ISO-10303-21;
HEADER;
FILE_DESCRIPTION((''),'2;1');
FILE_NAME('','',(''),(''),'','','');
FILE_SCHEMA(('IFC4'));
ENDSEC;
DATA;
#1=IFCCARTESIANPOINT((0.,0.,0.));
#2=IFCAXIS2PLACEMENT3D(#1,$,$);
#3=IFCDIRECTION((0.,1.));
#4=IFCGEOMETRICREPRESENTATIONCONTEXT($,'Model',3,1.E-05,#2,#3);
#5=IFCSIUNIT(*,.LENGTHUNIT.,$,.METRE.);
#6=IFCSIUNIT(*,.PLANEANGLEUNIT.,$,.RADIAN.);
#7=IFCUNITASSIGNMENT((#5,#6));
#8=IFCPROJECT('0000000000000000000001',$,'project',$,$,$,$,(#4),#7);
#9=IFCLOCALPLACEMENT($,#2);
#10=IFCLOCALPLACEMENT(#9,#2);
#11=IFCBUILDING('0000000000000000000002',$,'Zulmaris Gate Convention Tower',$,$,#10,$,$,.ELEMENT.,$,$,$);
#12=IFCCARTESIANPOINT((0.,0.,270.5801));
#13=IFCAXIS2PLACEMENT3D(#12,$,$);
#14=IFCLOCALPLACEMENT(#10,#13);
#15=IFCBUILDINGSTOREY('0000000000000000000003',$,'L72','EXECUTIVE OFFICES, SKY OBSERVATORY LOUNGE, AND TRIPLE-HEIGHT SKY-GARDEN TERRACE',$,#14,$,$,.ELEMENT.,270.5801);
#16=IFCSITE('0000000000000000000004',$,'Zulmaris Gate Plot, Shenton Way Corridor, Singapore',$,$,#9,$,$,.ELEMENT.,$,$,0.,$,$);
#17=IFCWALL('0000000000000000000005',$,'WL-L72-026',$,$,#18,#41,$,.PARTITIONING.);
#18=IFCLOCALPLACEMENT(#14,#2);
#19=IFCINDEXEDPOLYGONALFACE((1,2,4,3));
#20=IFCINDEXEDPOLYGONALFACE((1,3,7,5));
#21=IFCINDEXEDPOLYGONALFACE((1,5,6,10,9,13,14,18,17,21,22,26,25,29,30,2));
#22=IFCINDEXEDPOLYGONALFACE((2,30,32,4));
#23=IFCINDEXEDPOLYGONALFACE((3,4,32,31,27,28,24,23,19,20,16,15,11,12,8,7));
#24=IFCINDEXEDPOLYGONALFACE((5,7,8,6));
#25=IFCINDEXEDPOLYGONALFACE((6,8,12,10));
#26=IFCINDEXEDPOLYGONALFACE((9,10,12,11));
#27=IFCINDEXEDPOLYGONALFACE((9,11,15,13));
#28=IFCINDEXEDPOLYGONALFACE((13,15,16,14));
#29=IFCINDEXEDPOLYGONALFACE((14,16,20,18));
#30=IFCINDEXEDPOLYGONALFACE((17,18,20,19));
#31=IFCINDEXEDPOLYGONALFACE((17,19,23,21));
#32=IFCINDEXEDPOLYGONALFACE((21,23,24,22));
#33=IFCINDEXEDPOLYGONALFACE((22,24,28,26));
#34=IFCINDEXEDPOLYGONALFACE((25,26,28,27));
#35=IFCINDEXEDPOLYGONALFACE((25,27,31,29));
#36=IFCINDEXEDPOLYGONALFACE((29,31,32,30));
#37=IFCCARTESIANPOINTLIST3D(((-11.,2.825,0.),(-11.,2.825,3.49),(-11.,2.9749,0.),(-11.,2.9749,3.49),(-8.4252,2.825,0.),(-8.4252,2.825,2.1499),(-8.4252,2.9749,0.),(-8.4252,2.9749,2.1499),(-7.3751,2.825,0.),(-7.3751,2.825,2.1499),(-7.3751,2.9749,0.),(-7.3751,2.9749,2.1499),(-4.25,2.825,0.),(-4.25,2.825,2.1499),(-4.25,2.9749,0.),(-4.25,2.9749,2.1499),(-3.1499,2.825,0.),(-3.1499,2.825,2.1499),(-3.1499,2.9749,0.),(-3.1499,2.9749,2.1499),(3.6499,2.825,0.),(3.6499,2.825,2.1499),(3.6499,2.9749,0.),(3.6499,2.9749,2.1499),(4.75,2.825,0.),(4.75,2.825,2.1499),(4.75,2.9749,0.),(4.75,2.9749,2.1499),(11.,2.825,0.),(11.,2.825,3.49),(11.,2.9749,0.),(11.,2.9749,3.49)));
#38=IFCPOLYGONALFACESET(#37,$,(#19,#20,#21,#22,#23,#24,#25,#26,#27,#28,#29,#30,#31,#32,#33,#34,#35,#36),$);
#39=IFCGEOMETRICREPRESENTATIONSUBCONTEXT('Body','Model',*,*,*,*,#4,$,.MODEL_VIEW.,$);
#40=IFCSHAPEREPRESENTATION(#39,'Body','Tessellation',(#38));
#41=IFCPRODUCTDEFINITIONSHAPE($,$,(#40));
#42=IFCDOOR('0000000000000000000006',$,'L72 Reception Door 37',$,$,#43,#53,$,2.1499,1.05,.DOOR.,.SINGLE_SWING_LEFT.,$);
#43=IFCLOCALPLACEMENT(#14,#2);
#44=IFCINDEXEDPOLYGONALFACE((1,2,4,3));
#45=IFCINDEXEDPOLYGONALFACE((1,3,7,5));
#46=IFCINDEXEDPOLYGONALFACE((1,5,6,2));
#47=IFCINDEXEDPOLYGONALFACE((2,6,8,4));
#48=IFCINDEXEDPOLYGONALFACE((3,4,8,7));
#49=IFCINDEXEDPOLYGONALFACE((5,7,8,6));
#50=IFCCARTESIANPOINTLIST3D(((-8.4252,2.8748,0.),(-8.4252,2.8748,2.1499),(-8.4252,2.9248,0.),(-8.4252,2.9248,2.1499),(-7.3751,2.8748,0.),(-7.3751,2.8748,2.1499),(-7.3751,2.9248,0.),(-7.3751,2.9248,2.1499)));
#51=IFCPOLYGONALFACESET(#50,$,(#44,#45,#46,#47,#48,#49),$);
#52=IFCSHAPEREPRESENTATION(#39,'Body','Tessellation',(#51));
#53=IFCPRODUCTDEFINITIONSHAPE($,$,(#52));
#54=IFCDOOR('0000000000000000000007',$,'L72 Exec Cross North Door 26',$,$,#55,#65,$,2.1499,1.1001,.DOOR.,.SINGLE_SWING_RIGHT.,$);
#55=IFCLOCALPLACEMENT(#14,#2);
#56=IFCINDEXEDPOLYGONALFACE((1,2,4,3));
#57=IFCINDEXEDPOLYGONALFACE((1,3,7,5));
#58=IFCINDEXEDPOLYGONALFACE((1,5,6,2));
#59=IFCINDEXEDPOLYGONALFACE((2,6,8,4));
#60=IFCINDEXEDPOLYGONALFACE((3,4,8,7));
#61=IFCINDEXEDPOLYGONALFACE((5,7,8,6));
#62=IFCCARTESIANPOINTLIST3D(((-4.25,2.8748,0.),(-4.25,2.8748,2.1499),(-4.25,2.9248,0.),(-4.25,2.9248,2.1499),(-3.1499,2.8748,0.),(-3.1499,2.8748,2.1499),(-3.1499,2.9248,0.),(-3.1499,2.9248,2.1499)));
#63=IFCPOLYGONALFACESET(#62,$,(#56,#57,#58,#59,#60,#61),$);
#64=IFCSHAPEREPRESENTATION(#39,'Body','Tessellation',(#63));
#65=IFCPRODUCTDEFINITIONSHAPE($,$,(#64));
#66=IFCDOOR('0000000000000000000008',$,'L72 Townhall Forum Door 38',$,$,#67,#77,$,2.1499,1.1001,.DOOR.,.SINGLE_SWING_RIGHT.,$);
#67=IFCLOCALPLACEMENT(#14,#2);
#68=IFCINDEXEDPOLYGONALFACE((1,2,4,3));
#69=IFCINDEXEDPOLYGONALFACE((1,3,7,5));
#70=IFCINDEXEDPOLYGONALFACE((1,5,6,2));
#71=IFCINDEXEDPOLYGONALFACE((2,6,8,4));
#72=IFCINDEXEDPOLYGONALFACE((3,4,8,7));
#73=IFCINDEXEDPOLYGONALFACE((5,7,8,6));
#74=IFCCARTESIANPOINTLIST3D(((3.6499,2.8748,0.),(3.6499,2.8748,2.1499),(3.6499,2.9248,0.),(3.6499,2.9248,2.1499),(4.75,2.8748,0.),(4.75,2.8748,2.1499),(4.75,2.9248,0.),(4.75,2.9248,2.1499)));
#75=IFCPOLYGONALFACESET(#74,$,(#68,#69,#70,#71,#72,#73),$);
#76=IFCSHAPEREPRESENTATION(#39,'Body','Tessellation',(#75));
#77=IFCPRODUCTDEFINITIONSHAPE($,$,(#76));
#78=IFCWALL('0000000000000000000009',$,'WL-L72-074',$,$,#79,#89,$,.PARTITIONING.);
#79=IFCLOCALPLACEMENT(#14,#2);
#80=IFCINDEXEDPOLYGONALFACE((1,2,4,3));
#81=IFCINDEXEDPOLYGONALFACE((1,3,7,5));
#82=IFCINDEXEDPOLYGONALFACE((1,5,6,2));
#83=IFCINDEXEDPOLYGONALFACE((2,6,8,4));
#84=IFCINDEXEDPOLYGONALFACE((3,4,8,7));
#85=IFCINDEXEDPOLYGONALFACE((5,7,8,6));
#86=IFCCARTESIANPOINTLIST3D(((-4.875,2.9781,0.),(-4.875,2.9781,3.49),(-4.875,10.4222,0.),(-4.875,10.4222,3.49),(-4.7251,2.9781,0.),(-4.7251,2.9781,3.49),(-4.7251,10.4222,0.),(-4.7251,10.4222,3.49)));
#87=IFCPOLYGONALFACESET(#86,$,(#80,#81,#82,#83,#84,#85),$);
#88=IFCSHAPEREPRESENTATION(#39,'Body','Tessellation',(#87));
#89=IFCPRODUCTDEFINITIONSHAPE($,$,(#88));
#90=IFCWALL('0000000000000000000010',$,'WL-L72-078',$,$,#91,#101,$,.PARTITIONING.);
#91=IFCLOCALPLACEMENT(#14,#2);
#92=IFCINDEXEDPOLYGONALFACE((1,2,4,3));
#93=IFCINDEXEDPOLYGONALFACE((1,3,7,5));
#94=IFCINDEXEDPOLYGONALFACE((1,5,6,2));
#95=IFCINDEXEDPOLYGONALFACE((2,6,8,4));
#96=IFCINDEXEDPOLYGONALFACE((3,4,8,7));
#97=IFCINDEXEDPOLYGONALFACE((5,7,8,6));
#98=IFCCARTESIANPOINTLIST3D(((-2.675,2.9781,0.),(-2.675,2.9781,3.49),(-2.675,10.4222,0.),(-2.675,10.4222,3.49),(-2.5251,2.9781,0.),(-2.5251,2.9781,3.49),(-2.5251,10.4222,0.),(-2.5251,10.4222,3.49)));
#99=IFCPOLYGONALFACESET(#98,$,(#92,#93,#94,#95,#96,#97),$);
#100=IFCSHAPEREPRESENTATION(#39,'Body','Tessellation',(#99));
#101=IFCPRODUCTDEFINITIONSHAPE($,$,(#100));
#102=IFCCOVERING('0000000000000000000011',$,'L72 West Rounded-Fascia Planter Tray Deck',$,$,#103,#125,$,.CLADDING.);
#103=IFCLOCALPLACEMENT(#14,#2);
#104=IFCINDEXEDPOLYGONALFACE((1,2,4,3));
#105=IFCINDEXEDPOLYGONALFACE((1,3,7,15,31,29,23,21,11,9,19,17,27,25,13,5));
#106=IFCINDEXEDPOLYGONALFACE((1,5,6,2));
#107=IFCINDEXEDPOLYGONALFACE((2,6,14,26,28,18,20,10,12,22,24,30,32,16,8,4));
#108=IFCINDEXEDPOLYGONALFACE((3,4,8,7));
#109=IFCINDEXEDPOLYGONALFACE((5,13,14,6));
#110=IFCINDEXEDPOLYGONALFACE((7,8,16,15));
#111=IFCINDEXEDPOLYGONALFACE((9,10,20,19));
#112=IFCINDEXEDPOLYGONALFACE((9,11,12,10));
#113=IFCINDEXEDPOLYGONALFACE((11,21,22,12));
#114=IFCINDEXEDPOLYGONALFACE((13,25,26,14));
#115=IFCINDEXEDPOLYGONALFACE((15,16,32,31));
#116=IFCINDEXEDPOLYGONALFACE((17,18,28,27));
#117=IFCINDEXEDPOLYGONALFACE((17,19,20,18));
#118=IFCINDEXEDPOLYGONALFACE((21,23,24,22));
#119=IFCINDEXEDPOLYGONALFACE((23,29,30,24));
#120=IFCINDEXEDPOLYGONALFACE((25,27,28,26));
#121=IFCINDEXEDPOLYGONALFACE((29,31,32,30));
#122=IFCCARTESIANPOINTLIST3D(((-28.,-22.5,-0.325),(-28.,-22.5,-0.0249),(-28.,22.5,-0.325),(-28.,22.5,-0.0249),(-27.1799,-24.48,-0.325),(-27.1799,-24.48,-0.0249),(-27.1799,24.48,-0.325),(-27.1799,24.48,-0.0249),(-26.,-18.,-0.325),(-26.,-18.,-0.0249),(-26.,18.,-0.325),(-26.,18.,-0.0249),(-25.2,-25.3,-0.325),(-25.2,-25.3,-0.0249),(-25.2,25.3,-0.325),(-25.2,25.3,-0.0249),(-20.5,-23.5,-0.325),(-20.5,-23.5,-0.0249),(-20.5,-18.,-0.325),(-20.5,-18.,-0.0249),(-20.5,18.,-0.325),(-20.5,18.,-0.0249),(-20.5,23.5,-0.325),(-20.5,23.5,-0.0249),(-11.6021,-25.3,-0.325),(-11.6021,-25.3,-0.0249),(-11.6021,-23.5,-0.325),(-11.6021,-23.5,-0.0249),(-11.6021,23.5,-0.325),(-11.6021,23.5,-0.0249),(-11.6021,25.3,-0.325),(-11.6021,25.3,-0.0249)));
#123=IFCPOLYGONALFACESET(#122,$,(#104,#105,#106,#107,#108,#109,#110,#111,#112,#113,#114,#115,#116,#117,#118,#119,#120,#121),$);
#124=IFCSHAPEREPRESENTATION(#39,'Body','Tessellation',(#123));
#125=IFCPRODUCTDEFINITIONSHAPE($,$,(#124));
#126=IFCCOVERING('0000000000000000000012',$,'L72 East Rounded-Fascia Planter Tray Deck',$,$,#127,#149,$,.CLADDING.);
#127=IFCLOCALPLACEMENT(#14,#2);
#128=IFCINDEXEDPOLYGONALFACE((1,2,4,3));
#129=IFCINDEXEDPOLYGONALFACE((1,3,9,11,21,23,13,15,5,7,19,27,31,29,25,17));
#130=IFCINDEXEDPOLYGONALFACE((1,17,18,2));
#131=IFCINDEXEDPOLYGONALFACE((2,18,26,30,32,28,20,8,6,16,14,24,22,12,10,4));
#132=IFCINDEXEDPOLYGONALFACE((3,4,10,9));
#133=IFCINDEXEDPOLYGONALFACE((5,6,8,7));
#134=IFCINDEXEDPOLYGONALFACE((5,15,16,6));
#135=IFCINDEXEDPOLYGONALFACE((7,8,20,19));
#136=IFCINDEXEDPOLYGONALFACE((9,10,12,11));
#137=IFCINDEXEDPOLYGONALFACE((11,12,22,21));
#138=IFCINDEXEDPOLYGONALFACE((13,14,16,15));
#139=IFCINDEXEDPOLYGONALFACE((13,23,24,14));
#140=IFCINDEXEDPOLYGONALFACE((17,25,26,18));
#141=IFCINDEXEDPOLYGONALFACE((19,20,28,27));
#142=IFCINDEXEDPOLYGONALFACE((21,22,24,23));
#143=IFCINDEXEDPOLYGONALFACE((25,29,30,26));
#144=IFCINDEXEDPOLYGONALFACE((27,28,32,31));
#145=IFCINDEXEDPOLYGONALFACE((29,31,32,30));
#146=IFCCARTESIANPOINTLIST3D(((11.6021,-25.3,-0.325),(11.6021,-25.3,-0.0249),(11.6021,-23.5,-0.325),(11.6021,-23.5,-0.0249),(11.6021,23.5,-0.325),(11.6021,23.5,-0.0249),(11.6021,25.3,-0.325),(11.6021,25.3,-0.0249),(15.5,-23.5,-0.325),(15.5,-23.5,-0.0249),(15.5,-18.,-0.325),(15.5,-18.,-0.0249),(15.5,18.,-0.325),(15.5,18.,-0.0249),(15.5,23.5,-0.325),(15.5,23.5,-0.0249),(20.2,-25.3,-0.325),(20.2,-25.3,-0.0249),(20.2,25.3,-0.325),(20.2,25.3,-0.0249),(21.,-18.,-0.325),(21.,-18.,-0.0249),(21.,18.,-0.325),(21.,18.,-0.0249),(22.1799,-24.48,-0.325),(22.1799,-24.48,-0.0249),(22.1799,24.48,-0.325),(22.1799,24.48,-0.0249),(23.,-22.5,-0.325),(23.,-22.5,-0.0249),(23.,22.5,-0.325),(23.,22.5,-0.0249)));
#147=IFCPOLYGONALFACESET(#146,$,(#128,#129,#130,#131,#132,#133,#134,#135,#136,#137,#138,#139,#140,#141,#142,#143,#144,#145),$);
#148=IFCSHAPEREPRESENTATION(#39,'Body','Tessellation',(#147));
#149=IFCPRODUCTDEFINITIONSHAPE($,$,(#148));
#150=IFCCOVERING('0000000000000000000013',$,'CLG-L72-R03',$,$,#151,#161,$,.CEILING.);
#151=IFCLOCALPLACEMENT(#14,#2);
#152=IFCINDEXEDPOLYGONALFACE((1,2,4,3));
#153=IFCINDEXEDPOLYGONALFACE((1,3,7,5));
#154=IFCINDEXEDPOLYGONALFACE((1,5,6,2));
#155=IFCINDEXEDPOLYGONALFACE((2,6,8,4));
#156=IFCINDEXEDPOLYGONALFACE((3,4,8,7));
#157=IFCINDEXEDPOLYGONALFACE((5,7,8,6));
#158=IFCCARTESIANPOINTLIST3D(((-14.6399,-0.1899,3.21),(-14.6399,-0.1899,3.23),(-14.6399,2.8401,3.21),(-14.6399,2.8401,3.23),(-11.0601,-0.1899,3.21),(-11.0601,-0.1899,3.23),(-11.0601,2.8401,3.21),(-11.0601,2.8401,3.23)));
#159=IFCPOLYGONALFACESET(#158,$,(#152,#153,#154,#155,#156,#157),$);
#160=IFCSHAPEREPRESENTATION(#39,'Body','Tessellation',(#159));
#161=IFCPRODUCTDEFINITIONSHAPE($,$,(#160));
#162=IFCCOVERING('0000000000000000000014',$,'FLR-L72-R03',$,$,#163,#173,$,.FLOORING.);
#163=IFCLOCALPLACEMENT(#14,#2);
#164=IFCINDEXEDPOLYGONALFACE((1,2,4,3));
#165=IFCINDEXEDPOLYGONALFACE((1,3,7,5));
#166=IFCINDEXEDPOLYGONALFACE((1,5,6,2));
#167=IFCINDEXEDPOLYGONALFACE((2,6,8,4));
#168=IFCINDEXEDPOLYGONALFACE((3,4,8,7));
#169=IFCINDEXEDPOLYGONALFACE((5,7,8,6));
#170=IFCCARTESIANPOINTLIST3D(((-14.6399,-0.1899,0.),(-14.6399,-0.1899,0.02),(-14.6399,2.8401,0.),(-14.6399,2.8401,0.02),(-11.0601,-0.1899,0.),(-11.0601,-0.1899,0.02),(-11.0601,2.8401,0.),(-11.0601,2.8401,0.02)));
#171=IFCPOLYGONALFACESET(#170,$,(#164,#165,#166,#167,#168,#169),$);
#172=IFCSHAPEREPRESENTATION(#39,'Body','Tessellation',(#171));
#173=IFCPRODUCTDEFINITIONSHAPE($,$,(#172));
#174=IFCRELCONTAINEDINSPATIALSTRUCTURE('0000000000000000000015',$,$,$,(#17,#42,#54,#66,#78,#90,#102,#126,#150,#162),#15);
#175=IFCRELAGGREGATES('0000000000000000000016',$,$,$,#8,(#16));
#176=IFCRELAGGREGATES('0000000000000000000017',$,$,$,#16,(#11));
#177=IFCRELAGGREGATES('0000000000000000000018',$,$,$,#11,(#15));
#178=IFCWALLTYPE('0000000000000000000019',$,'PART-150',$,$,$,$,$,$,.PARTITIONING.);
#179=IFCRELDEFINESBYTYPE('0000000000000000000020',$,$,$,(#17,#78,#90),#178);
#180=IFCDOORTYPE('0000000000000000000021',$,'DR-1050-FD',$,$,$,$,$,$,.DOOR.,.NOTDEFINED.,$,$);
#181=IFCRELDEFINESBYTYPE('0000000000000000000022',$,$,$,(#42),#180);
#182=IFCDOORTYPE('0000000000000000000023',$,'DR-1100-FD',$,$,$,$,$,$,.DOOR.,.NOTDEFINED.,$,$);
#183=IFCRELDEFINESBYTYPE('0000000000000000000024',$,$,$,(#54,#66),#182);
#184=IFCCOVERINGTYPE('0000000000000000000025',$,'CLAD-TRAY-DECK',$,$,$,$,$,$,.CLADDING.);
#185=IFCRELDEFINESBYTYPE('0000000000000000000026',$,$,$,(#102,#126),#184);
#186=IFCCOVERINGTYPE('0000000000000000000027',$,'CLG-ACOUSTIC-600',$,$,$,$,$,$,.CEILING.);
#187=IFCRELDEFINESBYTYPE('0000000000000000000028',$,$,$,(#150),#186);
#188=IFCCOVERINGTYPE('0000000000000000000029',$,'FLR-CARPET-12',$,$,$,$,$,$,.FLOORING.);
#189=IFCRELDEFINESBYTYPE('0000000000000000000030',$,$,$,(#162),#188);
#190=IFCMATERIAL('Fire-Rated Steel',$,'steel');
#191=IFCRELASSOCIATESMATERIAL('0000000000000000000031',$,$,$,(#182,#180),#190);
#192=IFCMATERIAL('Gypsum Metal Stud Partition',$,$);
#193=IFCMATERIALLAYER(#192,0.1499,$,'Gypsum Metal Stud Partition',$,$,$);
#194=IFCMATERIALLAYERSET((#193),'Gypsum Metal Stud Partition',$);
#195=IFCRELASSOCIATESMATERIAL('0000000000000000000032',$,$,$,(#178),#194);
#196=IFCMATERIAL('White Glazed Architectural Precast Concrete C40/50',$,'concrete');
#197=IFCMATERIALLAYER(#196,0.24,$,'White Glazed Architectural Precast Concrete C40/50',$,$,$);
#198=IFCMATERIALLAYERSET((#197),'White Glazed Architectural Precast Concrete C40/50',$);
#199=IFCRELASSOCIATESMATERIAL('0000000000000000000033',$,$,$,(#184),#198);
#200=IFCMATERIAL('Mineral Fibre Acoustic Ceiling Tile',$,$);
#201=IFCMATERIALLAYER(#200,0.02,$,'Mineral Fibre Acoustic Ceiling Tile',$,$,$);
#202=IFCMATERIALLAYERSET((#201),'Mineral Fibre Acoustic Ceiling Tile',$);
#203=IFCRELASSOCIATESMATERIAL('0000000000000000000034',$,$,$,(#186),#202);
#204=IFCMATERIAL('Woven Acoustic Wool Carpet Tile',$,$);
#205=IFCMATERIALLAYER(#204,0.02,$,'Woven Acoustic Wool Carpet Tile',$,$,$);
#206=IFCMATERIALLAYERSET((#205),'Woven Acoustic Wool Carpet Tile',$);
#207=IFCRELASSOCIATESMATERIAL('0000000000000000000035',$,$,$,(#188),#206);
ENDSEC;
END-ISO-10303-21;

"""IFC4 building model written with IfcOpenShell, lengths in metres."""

from ifc_helpers import new_model, si_unit, direction, frame, frame_2d, origin, place, context, subcontext, project, spatial, polyline, rectangle, outline, extrude, material, layer, layer_set, type_object, element, fill, save


model = new_model("IFC4")

# Units and contexts
model_context = context("Model", 3, precision=1e-05, world=origin(), true_north=direction((0.0, 1.0)))
body_context = subcontext(model_context, "Body", "Model", "MODEL_VIEW")
ifc_project = project(units=[si_unit("LENGTHUNIT", "METRE"), si_unit("PLANEANGLEUNIT", "RADIAN")], contexts=[model_context])

# Site, building, storey
site_placement = place(None, origin())
site = spatial("IfcSite", under=ifc_project, at=site_placement, Name="Zulmaris Gate Plot, Shenton Way Corridor, Singapore", CompositionType="ELEMENT", RefElevation=0.0)
building_placement = place(site_placement, origin())
building = spatial("IfcBuilding", under=site, at=building_placement, Name="Zulmaris Gate Convention Tower", CompositionType="ELEMENT")
storey_placement = place(building_placement, frame((0.0, 0.0, 270.5801)))
storey = spatial("IfcBuildingStorey", under=building, at=storey_placement, Name="L72", Description="EXECUTIVE OFFICES, SKY OBSERVATORY LOUNGE, AND TRIPLE-HEIGHT SKY-GARDEN TERRACE", CompositionType="ELEMENT", Elevation=270.5801)

# Shared definitions
ifc_material_1 = material(Name="Fire-Rated Steel", Category="steel")
door_type_1 = type_object("IfcDoorType", Name="DR-1100-FD", OperationType="NOTDEFINED", PredefinedType="DOOR", material=ifc_material_1)

# Wall, openings, doors
ifc_material_2 = material(Name="Gypsum Metal Stud Partition")
ifc_layer_1 = layer(ifc_material_2, 0.1499, Name="Gypsum Metal Stud Partition")
ifc_layer_set_1 = layer_set([ifc_layer_1], Name="Gypsum Metal Stud Partition")
wall_type_1 = type_object("IfcWallType", Name="PART-150", PredefinedType="PARTITIONING", material=ifc_layer_set_1)
wall_1_placement = place(storey_placement, frame((-11.0, 2.8999, 0.0), z_axis=(0.0, 0.0, 1.0), x_axis=(1.0, 0.0, 0.0)))
wall_1 = element("IfcWall", 1, at=wall_1_placement, inside=storey, type_object=wall_type_1, Name="WL-L72-026", PredefinedType="PARTITIONING", context=body_context, shape_type="SweptSolid", body=[
    extrude(rectangle(XDim=22.0, YDim=0.1499, at=frame_2d((11.0, 0.0))), origin(), (0.0, 0.0, 1.0), 3.49),
])
opening_1_placement = place(wall_1_placement, frame((6.75, 0.0, 0.0)))
opening_1 = element("IfcOpeningElement", 2, at=opening_1_placement, cuts=wall_1, PredefinedType="OPENING", context=body_context, shape_type="SweptSolid", body=[
    extrude(rectangle(XDim=1.1001, YDim=2.1499, at=frame_2d((0.55, 1.075))), frame((0.0, 0.085, 0.0), z_axis=(0.0, -1.0, 0.0), x_axis=(1.0, 0.0, 0.0)), (0.0, 0.0, 1.0), 0.1699),
])
opening_2_placement = place(wall_1_placement, frame((2.575, 0.0, 0.0)))
opening_2 = element("IfcOpeningElement", 3, at=opening_2_placement, cuts=wall_1, PredefinedType="OPENING", context=body_context, shape_type="SweptSolid", body=[
    extrude(rectangle(XDim=1.05, YDim=2.1499, at=frame_2d((0.5249, 1.075))), frame((0.0, 0.085, 0.0), z_axis=(0.0, -1.0, 0.0), x_axis=(1.0, 0.0, 0.0)), (0.0, 0.0, 1.0), 0.1699),
])
opening_3_placement = place(wall_1_placement, frame((14.6499, 0.0, 0.0)))
opening_3 = element("IfcOpeningElement", 4, at=opening_3_placement, cuts=wall_1, PredefinedType="OPENING", context=body_context, shape_type="SweptSolid", body=[
    extrude(rectangle(XDim=1.1001, YDim=2.1499, at=frame_2d((0.55, 1.075))), frame((0.0, 0.085, 0.0), z_axis=(0.0, -1.0, 0.0), x_axis=(1.0, 0.0, 0.0)), (0.0, 0.0, 1.0), 0.1699),
])
door_type_2 = type_object("IfcDoorType", Name="DR-1050-FD", OperationType="NOTDEFINED", PredefinedType="DOOR", material=ifc_material_1)
door_1_placement = place(opening_2_placement, origin())
door_1 = element("IfcDoor", 5, at=door_1_placement, inside=storey, type_object=door_type_2, Name="L72 Reception Door 37", OperationType="SINGLE_SWING_LEFT", OverallHeight=2.1499, OverallWidth=1.05, PredefinedType="DOOR", context=body_context, shape_type="SweptSolid", body=[
    extrude(rectangle(XDim=1.05, YDim=2.1499, at=frame_2d((0.5249, 1.075))), frame((0.0, 0.0249, 0.0), z_axis=(0.0, -1.0, 0.0), x_axis=(1.0, 0.0, 0.0)), (0.0, 0.0, 1.0), 0.05),
])
fill(opening_2, door_1)
door_2_placement = place(opening_1_placement, origin())
door_2 = element("IfcDoor", 6, at=door_2_placement, inside=storey, type_object=door_type_1, Name="L72 Exec Cross North Door 26", OperationType="SINGLE_SWING_RIGHT", OverallHeight=2.1499, OverallWidth=1.1001, PredefinedType="DOOR", context=body_context, shape_type="SweptSolid", body=[
    extrude(rectangle(XDim=1.1001, YDim=2.1499, at=frame_2d((0.55, 1.075))), frame((0.0, 0.0249, 0.0), z_axis=(0.0, -1.0, 0.0), x_axis=(1.0, 0.0, 0.0)), (0.0, 0.0, 1.0), 0.05),
])
fill(opening_1, door_2)
door_3_placement = place(opening_3_placement, origin())
door_3 = element("IfcDoor", 7, at=door_3_placement, inside=storey, type_object=door_type_1, Name="L72 Townhall Forum Door 38", OperationType="SINGLE_SWING_RIGHT", OverallHeight=2.1499, OverallWidth=1.1001, PredefinedType="DOOR", context=body_context, shape_type="SweptSolid", body=[
    extrude(rectangle(XDim=1.1001, YDim=2.1499, at=frame_2d((0.55, 1.075))), frame((0.0, 0.0249, 0.0), z_axis=(0.0, -1.0, 0.0), x_axis=(1.0, 0.0, 0.0)), (0.0, 0.0, 1.0), 0.05),
])
fill(opening_3, door_3)

# Walls
for number, where, z_axis, x_axis, name in (
    (8, (-4.8, 2.978, 0.0), (0.0, 0.0, 1.0), (0.0, 1.0, 0.0), "WL-L72-074"),
    (9, (-2.6001, 2.978, 0.0), (0.0, 0.0, 1.0), (0.0, 1.0, 0.0), "WL-L72-078"),
):
    element("IfcWall", number, at=place(storey_placement, frame(where, z_axis=z_axis, x_axis=x_axis)), inside=storey, type_object=wall_type_1, Name=name, PredefinedType="PARTITIONING", context=body_context, shape_type="SweptSolid", body=[
        extrude(rectangle(XDim=7.4441, YDim=0.1499, at=frame_2d((3.7222, 0.0))), origin(), (0.0, 0.0, 1.0), 3.49),
    ])

# Coverings
ifc_material_3 = material(Name="White Glazed Architectural Precast Concrete C40/50", Category="concrete")
ifc_layer_2 = layer(ifc_material_3, 0.24, Name="White Glazed Architectural Precast Concrete C40/50")
ifc_layer_set_2 = layer_set([ifc_layer_2], Name="White Glazed Architectural Precast Concrete C40/50")
covering_type_1 = type_object("IfcCoveringType", Name="CLAD-TRAY-DECK", PredefinedType="CLADDING", material=ifc_layer_set_2)
covering_1_placement = place(storey_placement, frame((0.0, 0.0, -0.325)))
element("IfcCovering", 10, at=covering_1_placement, inside=storey, type_object=covering_type_1, Name="L72 West Rounded-Fascia Planter Tray Deck", PredefinedType="CLADDING", context=body_context, shape_type="SweptSolid", body=[
    extrude(outline(polyline([(-28.0, 22.5), (-27.1799, 24.48), (-25.2, 25.3), (-11.6021, 25.3), (-11.6021, 23.5), (-20.5, 23.5), (-20.5, 18.0), (-26.0, 18.0), (-26.0, -18.0), (-20.5, -18.0), (-20.5, -23.5), (-11.6021, -23.5), (-11.6021, -25.3), (-25.2, -25.3), (-27.1799, -24.48), (-28.0, -22.5), (-28.0, 22.5)])), origin(), (0.0, 0.0, 1.0), 0.3),
])
covering_2_placement = place(storey_placement, frame((0.0, 0.0, -0.325)))
element("IfcCovering", 11, at=covering_2_placement, inside=storey, type_object=covering_type_1, Name="L72 East Rounded-Fascia Planter Tray Deck", PredefinedType="CLADDING", context=body_context, shape_type="SweptSolid", body=[
    extrude(outline(polyline([(20.2, 25.3), (22.1799, 24.48), (23.0, 22.5), (23.0, -22.5), (22.1799, -24.48), (20.2, -25.3), (11.6021, -25.3), (11.6021, -23.5), (15.5, -23.5), (15.5, -18.0), (21.0, -18.0), (21.0, 18.0), (15.5, 18.0), (15.5, 23.5), (11.6021, 23.5), (11.6021, 25.3), (20.2, 25.3)])), origin(), (0.0, 0.0, 1.0), 0.3),
])
ifc_material_4 = material(Name="Mineral Fibre Acoustic Ceiling Tile")
ifc_layer_3 = layer(ifc_material_4, 0.02, Name="Mineral Fibre Acoustic Ceiling Tile")
ifc_layer_set_3 = layer_set([ifc_layer_3], Name="Mineral Fibre Acoustic Ceiling Tile")
covering_type_2 = type_object("IfcCoveringType", Name="CLG-ACOUSTIC-600", PredefinedType="CEILING", material=ifc_layer_set_3)
covering_3_placement = place(storey_placement, frame((0.0, 0.0, 3.21)))
element("IfcCovering", 12, at=covering_3_placement, inside=storey, type_object=covering_type_2, Name="CLG-L72-R03", PredefinedType="CEILING", context=body_context, shape_type="SweptSolid", body=[
    extrude(outline(polyline([(-14.6399, -0.1899), (-11.0601, -0.1899), (-11.0601, 2.8401), (-14.6399, 2.8401), (-14.6399, -0.1899)])), origin(), (0.0, 0.0, 1.0), 0.02),
])
ifc_material_5 = material(Name="Woven Acoustic Wool Carpet Tile")
ifc_layer_4 = layer(ifc_material_5, 0.02, Name="Woven Acoustic Wool Carpet Tile")
ifc_layer_set_4 = layer_set([ifc_layer_4], Name="Woven Acoustic Wool Carpet Tile")
covering_type_3 = type_object("IfcCoveringType", Name="FLR-CARPET-12", PredefinedType="FLOORING", material=ifc_layer_set_4)
covering_4_placement = place(storey_placement, origin())
element("IfcCovering", 13, at=covering_4_placement, inside=storey, type_object=covering_type_3, Name="FLR-L72-R03", PredefinedType="FLOORING", context=body_context, shape_type="SweptSolid", body=[
    extrude(outline(polyline([(-14.6399, -0.1899), (-11.0601, -0.1899), (-11.0601, 2.8401), (-14.6399, 2.8401), (-14.6399, -0.1899)])), origin(), (0.0, 0.0, 1.0), 0.02),
])

save(model, "model.ifc")
